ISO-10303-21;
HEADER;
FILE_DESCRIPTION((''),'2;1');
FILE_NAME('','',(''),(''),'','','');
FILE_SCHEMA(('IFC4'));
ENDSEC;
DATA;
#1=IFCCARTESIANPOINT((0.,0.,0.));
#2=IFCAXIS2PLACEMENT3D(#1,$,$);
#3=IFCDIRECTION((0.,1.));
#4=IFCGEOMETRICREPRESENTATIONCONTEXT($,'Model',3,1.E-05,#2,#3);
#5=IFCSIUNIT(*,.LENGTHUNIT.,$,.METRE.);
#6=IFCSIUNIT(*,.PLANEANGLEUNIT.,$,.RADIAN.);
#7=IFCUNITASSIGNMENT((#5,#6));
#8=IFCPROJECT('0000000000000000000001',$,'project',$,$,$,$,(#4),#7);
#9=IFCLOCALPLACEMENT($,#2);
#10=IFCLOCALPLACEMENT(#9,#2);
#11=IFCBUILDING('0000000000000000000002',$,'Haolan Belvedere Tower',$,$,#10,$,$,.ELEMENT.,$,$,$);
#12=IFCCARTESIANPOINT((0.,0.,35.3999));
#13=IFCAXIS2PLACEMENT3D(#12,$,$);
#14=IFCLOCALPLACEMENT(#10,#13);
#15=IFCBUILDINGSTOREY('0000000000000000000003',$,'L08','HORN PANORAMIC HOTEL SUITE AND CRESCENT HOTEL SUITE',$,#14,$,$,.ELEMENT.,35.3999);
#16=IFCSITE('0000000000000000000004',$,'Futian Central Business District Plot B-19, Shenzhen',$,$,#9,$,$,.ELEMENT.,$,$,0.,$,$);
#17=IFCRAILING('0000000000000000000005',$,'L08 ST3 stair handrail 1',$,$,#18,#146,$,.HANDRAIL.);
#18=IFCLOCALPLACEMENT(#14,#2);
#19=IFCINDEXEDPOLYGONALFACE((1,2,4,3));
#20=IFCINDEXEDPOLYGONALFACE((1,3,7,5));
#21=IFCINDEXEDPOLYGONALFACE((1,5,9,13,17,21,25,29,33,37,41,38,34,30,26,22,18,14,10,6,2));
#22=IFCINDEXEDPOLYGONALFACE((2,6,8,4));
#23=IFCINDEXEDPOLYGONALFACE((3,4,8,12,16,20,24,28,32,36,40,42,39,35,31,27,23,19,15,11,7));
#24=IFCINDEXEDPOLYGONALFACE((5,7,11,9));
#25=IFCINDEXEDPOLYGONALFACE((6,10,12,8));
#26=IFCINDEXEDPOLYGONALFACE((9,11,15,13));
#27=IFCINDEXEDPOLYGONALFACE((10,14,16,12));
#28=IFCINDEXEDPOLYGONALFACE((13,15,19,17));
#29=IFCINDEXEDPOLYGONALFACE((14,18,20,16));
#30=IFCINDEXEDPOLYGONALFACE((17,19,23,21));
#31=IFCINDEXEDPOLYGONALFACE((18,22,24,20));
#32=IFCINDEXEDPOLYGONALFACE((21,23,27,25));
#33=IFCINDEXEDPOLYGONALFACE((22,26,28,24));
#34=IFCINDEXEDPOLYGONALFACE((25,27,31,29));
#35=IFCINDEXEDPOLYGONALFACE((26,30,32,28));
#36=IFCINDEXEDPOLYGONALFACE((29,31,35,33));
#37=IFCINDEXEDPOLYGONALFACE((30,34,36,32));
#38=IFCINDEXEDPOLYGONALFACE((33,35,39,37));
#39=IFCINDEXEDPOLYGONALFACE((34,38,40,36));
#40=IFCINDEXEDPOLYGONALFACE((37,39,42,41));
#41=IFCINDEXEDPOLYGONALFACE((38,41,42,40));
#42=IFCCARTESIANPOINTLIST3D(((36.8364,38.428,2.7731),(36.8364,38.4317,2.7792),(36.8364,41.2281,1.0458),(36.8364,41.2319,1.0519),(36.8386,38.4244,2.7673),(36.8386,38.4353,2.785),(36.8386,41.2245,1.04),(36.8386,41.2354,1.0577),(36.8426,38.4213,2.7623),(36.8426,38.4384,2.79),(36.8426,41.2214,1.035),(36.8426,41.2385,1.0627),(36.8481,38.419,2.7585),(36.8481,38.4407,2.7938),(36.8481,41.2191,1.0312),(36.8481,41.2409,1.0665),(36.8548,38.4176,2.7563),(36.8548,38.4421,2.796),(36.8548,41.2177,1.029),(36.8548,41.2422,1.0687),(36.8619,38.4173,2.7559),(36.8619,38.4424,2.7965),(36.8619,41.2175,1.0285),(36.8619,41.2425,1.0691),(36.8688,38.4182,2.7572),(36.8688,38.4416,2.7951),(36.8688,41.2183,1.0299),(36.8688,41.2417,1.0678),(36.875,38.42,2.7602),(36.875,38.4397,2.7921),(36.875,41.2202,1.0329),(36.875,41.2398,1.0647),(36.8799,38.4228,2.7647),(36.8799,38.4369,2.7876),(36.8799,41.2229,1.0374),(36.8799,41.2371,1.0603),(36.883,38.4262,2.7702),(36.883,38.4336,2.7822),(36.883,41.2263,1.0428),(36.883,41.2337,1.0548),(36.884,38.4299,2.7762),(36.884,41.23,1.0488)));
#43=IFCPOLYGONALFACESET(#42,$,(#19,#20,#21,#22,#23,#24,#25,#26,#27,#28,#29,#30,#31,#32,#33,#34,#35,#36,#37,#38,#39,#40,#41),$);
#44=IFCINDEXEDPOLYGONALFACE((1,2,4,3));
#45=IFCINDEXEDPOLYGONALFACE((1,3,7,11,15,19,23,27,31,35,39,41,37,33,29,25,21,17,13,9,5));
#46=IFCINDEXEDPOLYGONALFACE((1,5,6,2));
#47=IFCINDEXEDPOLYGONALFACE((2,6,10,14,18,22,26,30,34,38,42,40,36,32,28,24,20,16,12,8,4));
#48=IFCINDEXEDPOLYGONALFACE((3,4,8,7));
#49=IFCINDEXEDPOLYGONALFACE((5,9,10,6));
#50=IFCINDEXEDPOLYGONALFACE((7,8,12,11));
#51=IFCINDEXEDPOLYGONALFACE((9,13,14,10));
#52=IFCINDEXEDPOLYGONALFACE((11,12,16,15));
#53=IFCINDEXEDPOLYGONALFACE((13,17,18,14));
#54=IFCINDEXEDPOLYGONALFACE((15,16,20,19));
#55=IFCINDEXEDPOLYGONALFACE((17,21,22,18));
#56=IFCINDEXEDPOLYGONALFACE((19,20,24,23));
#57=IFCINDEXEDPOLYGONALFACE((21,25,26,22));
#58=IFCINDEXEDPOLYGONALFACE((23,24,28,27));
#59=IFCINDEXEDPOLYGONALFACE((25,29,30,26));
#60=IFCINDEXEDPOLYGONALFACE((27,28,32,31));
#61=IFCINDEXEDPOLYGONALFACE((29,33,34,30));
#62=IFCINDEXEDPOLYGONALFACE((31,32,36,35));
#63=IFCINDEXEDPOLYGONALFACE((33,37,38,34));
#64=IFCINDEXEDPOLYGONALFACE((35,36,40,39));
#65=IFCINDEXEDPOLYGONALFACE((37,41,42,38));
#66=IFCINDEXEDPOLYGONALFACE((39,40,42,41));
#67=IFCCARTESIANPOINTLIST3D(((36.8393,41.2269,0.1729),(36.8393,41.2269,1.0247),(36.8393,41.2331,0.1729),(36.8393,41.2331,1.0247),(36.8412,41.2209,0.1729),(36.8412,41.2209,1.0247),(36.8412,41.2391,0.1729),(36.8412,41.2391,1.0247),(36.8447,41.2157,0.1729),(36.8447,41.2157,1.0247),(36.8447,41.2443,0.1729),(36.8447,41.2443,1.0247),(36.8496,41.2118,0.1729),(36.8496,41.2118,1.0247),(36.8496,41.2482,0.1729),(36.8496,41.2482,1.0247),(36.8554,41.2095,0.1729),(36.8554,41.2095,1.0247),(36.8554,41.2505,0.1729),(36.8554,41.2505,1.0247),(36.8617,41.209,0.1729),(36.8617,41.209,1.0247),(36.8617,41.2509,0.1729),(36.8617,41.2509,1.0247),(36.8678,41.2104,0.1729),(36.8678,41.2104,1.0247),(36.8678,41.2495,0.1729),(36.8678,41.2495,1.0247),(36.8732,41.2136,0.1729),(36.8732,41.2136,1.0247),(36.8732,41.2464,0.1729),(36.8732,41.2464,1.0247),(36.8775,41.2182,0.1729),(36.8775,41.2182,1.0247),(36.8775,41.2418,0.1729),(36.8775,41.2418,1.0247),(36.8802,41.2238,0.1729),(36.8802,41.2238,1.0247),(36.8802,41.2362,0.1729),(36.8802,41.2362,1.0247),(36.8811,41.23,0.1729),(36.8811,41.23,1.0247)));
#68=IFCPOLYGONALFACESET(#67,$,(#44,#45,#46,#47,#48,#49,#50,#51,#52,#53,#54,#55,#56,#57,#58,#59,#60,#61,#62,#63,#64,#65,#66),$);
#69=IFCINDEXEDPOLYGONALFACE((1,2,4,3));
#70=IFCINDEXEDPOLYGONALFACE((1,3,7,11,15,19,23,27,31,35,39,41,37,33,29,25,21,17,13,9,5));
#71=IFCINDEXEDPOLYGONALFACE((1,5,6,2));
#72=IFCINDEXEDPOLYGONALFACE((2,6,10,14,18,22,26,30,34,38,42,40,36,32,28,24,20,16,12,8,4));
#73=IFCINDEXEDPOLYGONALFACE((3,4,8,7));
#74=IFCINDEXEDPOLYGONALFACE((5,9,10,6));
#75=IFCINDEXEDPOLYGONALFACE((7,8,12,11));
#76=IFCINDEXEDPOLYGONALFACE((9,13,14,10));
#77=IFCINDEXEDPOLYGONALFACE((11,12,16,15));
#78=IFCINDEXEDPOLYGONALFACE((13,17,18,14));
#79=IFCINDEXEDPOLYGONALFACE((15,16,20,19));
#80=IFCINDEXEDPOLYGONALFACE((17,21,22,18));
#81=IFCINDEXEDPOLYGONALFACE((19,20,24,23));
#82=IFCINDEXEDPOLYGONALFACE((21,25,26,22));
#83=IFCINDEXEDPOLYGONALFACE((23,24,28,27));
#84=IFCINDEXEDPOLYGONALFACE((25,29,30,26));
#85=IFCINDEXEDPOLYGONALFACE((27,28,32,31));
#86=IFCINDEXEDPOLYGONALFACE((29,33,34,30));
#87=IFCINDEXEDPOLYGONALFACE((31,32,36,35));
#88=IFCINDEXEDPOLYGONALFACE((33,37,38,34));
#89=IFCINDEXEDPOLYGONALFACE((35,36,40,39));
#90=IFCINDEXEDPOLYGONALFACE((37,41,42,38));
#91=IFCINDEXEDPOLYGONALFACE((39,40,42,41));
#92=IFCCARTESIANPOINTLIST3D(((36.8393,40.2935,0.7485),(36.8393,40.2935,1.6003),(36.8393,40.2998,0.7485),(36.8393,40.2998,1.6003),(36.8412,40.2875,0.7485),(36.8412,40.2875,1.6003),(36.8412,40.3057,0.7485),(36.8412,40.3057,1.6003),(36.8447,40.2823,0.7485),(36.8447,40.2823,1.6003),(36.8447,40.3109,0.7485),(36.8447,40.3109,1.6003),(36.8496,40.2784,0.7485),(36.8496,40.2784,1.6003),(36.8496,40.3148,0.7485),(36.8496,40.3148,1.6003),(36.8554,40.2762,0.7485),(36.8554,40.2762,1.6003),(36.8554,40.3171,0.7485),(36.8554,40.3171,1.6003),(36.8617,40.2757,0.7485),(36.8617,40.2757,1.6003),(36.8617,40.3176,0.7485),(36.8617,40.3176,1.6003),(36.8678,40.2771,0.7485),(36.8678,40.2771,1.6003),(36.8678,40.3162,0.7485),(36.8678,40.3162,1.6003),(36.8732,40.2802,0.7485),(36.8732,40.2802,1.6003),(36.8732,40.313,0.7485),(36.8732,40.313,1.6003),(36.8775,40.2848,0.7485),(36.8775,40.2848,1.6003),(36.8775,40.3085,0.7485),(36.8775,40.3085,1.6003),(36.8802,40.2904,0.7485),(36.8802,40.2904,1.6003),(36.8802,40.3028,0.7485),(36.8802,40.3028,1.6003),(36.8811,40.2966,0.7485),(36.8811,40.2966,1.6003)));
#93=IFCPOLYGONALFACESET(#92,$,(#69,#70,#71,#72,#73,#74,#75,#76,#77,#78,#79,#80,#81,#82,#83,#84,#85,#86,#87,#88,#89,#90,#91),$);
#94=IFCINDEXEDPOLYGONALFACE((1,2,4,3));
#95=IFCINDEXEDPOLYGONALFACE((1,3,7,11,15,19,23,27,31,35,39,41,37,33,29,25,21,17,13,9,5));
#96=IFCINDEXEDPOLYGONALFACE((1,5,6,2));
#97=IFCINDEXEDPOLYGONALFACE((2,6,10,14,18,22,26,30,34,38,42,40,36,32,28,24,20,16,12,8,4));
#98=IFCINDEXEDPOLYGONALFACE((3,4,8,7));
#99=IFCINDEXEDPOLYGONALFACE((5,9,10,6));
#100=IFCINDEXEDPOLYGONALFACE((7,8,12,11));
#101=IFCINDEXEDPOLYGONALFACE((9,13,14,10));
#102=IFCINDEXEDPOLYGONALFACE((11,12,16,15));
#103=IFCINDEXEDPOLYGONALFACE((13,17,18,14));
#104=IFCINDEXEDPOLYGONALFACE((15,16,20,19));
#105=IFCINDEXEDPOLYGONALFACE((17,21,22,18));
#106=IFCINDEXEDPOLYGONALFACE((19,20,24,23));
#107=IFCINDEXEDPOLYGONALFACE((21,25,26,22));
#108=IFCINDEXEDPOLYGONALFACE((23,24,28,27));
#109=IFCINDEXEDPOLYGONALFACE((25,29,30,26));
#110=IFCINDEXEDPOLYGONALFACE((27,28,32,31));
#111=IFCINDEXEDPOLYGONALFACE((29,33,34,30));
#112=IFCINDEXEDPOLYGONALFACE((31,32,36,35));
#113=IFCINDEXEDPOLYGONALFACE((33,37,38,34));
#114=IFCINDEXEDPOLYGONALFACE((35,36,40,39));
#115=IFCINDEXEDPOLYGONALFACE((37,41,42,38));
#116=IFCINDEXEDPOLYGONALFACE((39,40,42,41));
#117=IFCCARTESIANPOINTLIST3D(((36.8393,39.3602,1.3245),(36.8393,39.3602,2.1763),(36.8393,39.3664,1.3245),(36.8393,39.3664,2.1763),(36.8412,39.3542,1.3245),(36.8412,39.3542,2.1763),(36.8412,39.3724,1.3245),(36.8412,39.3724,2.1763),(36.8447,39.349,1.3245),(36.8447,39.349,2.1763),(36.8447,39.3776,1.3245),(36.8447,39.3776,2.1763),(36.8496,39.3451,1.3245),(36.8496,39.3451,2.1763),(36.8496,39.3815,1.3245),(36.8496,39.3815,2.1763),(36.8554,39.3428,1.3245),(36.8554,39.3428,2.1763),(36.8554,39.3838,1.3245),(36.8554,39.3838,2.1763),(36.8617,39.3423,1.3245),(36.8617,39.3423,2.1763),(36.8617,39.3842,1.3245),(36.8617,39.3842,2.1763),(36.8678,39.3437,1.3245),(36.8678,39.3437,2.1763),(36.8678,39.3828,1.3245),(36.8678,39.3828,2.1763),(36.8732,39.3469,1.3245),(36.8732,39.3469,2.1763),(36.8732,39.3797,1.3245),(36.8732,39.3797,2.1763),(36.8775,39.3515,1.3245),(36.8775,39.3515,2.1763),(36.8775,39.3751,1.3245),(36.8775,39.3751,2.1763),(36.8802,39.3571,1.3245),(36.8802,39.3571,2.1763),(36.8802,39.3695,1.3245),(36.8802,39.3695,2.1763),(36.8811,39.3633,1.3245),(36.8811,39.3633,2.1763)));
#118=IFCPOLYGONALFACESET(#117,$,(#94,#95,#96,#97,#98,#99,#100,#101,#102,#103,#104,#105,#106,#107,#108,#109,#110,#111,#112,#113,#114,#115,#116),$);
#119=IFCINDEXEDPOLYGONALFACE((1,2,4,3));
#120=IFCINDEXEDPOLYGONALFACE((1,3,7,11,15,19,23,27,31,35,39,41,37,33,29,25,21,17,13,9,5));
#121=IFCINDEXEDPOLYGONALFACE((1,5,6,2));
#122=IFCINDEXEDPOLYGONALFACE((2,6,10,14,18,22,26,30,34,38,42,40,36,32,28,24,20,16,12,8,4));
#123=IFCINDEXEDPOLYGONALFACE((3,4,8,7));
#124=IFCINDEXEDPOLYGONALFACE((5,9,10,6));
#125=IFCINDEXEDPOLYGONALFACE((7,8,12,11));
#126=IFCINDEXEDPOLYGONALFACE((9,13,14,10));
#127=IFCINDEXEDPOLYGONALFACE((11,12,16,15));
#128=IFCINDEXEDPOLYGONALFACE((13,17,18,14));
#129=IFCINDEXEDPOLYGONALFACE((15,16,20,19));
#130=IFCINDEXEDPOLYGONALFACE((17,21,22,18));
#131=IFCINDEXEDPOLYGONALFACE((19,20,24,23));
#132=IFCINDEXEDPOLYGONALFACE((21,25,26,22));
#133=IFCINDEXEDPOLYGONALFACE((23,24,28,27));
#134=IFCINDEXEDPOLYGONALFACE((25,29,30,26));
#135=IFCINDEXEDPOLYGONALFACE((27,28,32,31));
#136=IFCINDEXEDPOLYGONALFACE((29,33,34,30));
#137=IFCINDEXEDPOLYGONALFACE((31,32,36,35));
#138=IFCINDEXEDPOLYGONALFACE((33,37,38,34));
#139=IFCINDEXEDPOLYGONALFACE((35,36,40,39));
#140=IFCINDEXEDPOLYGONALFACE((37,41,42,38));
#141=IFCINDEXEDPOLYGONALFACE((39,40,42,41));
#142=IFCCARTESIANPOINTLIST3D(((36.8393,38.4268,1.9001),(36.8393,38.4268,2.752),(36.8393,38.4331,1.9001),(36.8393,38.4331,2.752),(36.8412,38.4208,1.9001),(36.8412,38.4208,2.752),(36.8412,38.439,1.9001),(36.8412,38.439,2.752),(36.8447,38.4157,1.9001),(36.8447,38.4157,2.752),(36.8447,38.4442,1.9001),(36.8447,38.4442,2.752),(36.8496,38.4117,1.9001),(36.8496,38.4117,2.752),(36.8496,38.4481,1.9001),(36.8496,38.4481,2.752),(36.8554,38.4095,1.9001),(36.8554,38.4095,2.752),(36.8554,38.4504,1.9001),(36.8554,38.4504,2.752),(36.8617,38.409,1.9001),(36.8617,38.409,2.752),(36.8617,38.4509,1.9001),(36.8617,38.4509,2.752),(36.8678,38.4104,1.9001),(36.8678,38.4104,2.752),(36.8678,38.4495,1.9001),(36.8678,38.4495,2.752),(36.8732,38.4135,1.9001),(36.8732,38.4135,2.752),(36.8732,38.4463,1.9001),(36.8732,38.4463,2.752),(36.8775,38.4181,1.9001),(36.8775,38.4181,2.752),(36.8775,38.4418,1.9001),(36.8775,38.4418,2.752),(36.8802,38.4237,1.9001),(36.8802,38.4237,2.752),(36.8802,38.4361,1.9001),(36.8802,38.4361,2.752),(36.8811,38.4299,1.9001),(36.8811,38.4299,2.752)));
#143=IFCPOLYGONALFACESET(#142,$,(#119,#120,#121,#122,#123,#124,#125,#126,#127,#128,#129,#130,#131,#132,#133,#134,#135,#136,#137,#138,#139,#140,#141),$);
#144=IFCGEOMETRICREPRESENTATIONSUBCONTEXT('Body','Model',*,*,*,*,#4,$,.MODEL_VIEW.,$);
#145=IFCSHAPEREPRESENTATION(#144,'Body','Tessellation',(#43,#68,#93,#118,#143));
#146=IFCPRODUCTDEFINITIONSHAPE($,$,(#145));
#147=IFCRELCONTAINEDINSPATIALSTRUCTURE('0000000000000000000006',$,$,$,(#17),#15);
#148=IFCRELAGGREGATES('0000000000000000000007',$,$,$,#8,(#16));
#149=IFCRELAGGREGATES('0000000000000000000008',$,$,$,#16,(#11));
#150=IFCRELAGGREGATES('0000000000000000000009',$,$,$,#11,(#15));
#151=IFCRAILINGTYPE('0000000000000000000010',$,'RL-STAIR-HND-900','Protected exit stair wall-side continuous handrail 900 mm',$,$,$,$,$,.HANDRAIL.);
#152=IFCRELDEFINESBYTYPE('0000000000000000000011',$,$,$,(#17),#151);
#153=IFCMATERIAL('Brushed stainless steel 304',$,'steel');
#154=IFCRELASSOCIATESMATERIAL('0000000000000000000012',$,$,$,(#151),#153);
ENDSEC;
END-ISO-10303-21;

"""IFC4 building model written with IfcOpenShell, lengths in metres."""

from ifc_helpers import new_model, si_unit, direction, frame, origin, origin_2d, place, context, subcontext, project, spatial, circle, extrude, material, type_object, element, save


model = new_model("IFC4")

# Units and contexts
model_context = context("Model", 3, precision=1e-05, world=origin(), true_north=direction((0.0, 1.0)))
body_context = subcontext(model_context, "Body", "Model", "MODEL_VIEW")
ifc_project = project(units=[si_unit("LENGTHUNIT", "METRE"), si_unit("PLANEANGLEUNIT", "RADIAN")], contexts=[model_context])

# Site, building, storey
site_placement = place(None, origin())
site = spatial("IfcSite", under=ifc_project, at=site_placement, Name="Futian Central Business District Plot B-19, Shenzhen", CompositionType="ELEMENT", RefElevation=0.0)
building_placement = place(site_placement, origin())
building = spatial("IfcBuilding", under=site, at=building_placement, Name="Haolan Belvedere Tower", CompositionType="ELEMENT")
storey_placement = place(building_placement, frame((0.0, 0.0, 35.3999)))
storey = spatial("IfcBuildingStorey", under=building, at=storey_placement, Name="L08", Description="HORN PANORAMIC HOTEL SUITE AND CRESCENT HOTEL SUITE", CompositionType="ELEMENT", Elevation=35.3999)

# Railing
ifc_material_1 = material(Name="Brushed stainless steel 304", Category="steel")
railing_type_1 = type_object("IfcRailingType", Name="RL-STAIR-HND-900", Description="Protected exit stair wall-side continuous handrail 900 mm", PredefinedType="HANDRAIL", material=ifc_material_1)
railing_1_placement = place(storey_placement, frame((36.8601, 41.23, 0.1729)))
element("IfcRailing", 1, at=railing_1_placement, inside=storey, type_object=railing_type_1, Name="L08 ST3 stair handrail 1", PredefinedType="HANDRAIL", context=body_context, shape_type="SweptSolid", body=[
    extrude(circle(Radius=0.0239, at=origin_2d()), frame((0.0, 0.0, 0.876), z_axis=(0.0, -0.85109, 0.52502), x_axis=(1.0, 0.0, 0.0)), (0.0, 0.0, 1.0), 3.29),
    extrude(circle(Radius=0.021, at=origin_2d()), origin(), (0.0, 0.0, 1.0), 0.8518),
    extrude(circle(Radius=0.021, at=origin_2d()), frame((0.0, -0.9333, 0.5757)), (0.0, 0.0, 1.0), 0.8518),
    extrude(circle(Radius=0.021, at=origin_2d()), frame((0.0, -1.8667, 1.1516)), (0.0, 0.0, 1.0), 0.8518),
    extrude(circle(Radius=0.021, at=origin_2d()), frame((0.0, -2.8, 1.7273)), (0.0, 0.0, 1.0), 0.8518),
])

save(model, "model.ifc")
